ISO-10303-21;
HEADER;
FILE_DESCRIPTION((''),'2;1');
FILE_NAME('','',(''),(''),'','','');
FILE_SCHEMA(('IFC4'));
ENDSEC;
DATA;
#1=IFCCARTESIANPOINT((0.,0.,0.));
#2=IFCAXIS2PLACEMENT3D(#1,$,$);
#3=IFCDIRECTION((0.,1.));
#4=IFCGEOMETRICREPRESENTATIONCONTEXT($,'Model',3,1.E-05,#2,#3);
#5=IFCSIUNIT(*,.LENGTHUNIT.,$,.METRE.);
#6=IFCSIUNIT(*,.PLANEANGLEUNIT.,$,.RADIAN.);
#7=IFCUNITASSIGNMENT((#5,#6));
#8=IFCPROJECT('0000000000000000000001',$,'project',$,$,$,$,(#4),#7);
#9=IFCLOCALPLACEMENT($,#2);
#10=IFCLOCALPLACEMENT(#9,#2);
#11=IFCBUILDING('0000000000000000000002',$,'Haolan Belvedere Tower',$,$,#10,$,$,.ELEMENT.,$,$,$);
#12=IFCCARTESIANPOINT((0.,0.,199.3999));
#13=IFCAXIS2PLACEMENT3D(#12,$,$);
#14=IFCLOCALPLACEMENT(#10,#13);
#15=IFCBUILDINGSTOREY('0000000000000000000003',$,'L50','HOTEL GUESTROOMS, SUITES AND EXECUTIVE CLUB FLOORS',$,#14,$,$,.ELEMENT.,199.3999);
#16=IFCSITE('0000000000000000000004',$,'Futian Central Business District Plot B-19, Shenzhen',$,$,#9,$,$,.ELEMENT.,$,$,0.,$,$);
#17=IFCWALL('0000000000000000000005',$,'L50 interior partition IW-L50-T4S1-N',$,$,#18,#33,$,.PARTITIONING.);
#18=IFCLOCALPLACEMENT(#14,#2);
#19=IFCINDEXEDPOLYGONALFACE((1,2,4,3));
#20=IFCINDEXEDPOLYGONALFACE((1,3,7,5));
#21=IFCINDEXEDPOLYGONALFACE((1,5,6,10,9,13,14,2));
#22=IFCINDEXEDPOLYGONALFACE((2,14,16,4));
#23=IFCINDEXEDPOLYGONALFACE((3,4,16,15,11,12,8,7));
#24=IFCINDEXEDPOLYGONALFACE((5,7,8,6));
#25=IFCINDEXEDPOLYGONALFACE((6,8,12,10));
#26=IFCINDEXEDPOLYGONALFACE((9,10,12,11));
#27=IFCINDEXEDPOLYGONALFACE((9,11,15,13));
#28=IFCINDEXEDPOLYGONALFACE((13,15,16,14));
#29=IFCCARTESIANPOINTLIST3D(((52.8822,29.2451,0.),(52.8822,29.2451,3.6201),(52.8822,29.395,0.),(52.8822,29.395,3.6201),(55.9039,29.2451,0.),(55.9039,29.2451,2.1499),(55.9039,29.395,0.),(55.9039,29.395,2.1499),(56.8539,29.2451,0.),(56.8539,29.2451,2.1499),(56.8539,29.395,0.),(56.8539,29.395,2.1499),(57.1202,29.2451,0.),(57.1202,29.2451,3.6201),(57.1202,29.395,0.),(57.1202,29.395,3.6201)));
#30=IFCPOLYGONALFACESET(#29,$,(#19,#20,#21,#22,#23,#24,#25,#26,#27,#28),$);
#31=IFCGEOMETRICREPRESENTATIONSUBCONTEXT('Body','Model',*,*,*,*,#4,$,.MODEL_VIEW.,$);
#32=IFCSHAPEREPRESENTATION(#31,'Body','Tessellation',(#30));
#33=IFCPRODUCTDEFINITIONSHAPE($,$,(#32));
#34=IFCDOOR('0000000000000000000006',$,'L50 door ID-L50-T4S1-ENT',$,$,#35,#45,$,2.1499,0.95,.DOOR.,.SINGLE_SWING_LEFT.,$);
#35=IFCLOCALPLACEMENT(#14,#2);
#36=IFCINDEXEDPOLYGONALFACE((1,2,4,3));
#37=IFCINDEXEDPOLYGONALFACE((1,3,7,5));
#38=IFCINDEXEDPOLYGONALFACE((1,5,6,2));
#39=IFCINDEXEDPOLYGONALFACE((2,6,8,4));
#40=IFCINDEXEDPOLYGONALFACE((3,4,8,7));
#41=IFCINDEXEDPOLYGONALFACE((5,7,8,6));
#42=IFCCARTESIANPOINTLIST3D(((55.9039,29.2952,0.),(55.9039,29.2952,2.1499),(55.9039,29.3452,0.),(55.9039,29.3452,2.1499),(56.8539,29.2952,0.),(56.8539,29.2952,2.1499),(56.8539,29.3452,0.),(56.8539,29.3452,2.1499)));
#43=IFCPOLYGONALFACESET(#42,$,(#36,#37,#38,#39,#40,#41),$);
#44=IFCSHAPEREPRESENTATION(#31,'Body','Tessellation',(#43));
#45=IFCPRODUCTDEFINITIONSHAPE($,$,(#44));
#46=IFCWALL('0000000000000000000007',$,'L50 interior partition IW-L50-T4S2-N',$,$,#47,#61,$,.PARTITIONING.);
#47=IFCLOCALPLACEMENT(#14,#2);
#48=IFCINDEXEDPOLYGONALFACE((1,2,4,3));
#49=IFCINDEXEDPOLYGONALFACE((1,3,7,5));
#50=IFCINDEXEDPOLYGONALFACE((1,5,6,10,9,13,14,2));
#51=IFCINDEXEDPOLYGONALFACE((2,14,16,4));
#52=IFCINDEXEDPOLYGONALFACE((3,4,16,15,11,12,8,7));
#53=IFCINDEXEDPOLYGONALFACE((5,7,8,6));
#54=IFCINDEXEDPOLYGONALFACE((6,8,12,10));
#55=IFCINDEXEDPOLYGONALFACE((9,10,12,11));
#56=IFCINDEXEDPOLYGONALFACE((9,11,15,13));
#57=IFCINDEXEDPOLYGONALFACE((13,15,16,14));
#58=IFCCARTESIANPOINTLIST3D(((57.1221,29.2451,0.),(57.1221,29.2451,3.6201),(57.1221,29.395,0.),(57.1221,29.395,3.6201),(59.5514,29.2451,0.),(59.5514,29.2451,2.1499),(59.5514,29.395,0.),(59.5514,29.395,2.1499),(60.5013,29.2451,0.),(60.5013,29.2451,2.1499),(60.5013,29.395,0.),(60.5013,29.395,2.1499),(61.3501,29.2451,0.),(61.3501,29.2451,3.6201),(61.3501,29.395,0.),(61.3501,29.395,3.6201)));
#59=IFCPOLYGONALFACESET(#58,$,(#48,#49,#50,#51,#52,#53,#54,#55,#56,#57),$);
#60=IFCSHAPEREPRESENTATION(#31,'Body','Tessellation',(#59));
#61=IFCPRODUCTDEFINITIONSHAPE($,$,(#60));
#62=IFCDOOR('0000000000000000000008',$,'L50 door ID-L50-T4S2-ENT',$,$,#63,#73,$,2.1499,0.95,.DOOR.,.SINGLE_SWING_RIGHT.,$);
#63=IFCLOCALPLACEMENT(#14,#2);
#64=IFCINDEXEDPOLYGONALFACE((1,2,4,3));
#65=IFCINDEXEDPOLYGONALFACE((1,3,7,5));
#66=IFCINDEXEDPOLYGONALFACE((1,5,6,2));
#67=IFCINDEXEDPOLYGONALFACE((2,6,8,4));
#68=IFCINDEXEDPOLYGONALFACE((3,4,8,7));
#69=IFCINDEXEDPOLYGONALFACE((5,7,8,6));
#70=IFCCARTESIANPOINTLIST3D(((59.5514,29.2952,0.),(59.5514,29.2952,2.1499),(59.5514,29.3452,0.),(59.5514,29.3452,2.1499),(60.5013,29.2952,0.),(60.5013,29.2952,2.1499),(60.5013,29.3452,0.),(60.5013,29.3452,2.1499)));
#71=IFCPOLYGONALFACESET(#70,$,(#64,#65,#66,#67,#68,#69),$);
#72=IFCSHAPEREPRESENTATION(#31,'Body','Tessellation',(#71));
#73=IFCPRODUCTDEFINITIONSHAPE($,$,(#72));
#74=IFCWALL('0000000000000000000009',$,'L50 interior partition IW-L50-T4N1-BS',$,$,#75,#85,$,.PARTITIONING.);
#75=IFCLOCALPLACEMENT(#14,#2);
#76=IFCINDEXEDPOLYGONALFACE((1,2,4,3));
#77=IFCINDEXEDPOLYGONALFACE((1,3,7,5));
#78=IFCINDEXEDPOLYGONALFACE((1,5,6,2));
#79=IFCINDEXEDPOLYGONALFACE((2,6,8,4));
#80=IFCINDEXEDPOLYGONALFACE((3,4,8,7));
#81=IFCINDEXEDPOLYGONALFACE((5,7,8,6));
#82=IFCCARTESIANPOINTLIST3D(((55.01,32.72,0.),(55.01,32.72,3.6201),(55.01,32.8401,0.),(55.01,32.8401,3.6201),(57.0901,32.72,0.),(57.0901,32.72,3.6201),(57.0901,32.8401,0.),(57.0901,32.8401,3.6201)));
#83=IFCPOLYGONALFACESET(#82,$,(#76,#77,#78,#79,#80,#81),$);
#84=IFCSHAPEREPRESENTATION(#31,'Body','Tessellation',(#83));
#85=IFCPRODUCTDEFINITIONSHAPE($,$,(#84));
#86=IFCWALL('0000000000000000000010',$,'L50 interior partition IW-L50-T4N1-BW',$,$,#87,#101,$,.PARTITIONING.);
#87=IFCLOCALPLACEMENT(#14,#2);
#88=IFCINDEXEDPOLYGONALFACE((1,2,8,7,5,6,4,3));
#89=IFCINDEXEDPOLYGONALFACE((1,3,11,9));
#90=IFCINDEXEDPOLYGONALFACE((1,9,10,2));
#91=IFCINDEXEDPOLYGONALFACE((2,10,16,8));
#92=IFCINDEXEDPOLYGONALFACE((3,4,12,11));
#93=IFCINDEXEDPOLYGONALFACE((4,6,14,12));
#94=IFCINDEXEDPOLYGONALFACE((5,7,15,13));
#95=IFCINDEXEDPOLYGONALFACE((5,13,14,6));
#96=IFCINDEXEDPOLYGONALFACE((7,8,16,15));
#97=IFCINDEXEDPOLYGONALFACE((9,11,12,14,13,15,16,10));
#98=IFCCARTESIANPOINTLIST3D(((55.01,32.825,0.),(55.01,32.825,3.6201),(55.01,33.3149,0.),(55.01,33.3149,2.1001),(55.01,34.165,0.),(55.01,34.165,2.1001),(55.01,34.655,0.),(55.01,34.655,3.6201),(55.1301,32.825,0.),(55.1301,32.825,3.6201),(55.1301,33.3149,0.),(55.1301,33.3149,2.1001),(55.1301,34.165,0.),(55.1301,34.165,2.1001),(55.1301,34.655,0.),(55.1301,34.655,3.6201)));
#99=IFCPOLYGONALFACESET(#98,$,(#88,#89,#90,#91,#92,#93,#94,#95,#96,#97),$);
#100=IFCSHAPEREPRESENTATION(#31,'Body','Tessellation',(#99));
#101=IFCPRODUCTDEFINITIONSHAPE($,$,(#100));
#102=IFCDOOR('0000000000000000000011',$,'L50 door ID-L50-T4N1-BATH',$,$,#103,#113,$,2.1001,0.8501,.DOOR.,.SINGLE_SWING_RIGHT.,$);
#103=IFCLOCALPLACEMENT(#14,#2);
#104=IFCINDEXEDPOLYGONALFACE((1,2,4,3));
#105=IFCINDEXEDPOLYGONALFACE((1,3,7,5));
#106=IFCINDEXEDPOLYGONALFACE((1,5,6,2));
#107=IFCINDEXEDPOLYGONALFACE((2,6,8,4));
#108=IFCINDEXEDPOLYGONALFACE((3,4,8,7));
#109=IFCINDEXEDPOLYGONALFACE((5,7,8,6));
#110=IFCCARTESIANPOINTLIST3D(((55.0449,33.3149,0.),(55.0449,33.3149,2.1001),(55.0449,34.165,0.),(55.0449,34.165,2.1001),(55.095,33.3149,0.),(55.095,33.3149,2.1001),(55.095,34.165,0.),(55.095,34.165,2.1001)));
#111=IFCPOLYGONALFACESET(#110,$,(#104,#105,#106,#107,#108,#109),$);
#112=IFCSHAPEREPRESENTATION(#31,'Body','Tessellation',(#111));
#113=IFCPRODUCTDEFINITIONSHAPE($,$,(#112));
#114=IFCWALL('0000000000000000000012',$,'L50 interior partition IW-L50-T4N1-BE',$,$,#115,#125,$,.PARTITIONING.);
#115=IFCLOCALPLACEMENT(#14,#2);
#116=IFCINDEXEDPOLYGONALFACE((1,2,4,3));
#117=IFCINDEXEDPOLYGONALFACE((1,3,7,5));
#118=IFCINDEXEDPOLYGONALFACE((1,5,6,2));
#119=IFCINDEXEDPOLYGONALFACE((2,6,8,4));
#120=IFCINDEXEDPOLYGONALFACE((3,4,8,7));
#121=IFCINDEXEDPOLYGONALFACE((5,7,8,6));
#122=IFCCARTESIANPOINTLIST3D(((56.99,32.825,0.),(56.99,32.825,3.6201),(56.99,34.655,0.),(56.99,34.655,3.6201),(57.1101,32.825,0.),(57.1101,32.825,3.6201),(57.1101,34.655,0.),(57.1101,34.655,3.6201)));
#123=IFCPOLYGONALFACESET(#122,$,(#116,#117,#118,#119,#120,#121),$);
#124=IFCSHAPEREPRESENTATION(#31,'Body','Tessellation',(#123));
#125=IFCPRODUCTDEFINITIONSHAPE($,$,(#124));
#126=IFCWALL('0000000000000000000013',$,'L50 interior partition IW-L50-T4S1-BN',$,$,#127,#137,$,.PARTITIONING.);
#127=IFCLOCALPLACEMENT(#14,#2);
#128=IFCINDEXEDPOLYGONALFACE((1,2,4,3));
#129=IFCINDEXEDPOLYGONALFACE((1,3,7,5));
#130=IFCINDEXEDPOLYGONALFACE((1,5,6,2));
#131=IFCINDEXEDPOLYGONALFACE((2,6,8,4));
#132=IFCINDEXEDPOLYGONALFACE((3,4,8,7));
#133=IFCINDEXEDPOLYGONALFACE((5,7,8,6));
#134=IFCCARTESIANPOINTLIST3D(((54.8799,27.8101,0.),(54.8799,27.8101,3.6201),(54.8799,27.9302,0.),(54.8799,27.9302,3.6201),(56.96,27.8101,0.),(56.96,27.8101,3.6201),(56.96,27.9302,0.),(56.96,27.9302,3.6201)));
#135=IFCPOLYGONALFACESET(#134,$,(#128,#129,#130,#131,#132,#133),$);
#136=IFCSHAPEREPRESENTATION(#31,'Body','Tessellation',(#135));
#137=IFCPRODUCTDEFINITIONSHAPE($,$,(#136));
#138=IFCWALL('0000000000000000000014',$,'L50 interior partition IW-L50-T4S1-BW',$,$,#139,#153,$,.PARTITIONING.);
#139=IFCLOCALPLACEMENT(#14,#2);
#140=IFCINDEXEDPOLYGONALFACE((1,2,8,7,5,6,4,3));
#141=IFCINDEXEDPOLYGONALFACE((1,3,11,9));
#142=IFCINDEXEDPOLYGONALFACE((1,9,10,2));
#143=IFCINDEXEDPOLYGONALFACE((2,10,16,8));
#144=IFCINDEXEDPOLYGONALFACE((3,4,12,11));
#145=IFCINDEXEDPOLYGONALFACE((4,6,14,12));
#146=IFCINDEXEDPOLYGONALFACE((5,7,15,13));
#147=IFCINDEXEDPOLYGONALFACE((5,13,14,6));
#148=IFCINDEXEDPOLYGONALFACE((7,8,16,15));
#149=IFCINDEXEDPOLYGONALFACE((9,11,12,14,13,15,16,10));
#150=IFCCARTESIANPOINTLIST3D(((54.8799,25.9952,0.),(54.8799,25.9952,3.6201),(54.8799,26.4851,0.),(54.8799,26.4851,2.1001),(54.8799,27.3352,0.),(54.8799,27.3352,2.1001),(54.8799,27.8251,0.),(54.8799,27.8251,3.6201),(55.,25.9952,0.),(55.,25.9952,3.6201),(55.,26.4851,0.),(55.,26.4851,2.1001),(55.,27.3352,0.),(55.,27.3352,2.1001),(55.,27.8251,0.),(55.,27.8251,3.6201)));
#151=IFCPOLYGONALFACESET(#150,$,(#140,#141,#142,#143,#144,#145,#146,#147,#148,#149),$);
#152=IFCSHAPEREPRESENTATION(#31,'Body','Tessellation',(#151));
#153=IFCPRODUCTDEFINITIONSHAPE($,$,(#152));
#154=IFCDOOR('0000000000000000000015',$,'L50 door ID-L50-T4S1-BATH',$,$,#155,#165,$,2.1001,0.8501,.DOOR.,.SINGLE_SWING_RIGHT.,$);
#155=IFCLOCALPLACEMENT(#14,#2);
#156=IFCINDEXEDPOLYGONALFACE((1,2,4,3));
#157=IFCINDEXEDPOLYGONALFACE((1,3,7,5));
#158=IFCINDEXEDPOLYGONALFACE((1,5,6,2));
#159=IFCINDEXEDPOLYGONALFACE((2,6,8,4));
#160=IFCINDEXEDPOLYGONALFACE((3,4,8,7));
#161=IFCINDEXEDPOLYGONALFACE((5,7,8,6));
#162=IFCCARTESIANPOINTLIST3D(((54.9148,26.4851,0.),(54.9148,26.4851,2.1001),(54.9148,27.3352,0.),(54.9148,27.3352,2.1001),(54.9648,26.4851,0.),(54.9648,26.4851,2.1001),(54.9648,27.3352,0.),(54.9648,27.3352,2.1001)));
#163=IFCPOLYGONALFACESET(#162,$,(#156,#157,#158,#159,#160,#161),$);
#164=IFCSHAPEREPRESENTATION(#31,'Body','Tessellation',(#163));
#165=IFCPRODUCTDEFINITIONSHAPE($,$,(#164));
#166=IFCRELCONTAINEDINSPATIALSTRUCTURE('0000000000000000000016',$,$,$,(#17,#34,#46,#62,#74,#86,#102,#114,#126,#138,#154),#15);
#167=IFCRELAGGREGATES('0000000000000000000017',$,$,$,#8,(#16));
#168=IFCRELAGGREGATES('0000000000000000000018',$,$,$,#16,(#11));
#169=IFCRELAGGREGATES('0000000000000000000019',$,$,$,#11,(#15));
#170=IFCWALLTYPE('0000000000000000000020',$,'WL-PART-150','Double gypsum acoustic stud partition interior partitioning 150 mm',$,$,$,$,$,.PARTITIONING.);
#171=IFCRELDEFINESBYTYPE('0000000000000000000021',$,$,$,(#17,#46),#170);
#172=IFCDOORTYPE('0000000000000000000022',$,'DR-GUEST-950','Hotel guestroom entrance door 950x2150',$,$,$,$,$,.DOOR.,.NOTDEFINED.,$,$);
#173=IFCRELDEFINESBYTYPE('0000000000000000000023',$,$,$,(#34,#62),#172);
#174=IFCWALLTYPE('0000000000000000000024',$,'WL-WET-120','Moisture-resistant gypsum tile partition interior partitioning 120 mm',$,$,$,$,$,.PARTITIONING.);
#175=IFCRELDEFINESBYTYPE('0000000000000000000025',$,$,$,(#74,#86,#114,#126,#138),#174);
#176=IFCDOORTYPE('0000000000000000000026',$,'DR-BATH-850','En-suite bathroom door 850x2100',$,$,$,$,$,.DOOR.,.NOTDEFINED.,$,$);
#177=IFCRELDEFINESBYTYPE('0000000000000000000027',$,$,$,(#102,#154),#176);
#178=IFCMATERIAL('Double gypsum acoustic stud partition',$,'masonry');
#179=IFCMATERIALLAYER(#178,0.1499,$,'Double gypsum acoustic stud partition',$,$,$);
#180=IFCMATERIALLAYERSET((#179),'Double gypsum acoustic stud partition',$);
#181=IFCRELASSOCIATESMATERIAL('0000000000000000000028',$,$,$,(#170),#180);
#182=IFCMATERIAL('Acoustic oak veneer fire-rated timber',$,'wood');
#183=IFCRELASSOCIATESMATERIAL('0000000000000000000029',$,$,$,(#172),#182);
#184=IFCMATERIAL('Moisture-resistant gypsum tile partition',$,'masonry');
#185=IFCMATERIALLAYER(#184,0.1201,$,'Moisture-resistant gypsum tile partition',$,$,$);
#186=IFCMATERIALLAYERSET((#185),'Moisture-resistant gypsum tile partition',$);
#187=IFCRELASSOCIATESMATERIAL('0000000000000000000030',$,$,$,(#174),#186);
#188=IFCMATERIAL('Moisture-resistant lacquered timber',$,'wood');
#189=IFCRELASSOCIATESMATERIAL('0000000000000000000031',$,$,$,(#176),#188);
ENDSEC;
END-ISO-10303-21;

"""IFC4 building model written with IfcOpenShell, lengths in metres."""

from ifc_helpers import new_model, si_unit, direction, frame, frame_2d, origin, place, context, subcontext, project, spatial, rectangle, extrude, material, layer, layer_set, type_object, element, fill, save


model = new_model("IFC4")

# Units and contexts
model_context = context("Model", 3, precision=1e-05, world=origin(), true_north=direction((0.0, 1.0)))
body_context = subcontext(model_context, "Body", "Model", "MODEL_VIEW")
ifc_project = project(units=[si_unit("LENGTHUNIT", "METRE"), si_unit("PLANEANGLEUNIT", "RADIAN")], contexts=[model_context])

# Site, building, storey
site_placement = place(None, origin())
site = spatial("IfcSite", under=ifc_project, at=site_placement, Name="Futian Central Business District Plot B-19, Shenzhen", CompositionType="ELEMENT", RefElevation=0.0)
building_placement = place(site_placement, origin())
building = spatial("IfcBuilding", under=site, at=building_placement, Name="Haolan Belvedere Tower", CompositionType="ELEMENT")
storey_placement = place(building_placement, frame((0.0, 0.0, 199.3999)))
storey = spatial("IfcBuildingStorey", under=building, at=storey_placement, Name="L50", Description="HOTEL GUESTROOMS, SUITES AND EXECUTIVE CLUB FLOORS", CompositionType="ELEMENT", Elevation=199.3999)

# Shared definitions
ifc_material_1 = material(Name="Double gypsum acoustic stud partition", Category="masonry")
ifc_layer_1 = layer(ifc_material_1, 0.1499, Name="Double gypsum acoustic stud partition")
ifc_layer_set_1 = layer_set([ifc_layer_1], Name="Double gypsum acoustic stud partition")
wall_type_1 = type_object("IfcWallType", Name="WL-PART-150", Description="Double gypsum acoustic stud partition interior partitioning 150 mm", PredefinedType="PARTITIONING", material=ifc_layer_set_1)

# Walls, openings, doors
wall_1_placement = place(storey_placement, frame((52.8821, 29.3201, 0.0), z_axis=(0.0, 0.0, 1.0), x_axis=(1.0, 0.0, 0.0)))
wall_1 = element("IfcWall", 1, at=wall_1_placement, inside=storey, type_object=wall_type_1, Name="L50 interior partition IW-L50-T4S1-N", PredefinedType="PARTITIONING", context=body_context, shape_type="SweptSolid", body=[
    extrude(rectangle(XDim=4.238, YDim=0.1499, at=frame_2d((2.1191, 0.0))), origin(), (0.0, 0.0, 1.0), 3.6201),
])
opening_1_placement = place(wall_1_placement, frame((3.9719, 0.0, 0.0), z_axis=(0.0, 0.0, 1.0), x_axis=(-1.0, 0.0, 0.0)))
opening_1 = element("IfcOpeningElement", 2, at=opening_1_placement, cuts=wall_1, PredefinedType="OPENING", context=body_context, shape_type="SweptSolid", body=[
    extrude(rectangle(XDim=0.95, YDim=2.1499, at=frame_2d((0.4751, 1.075))), frame((0.0, 0.085, 0.0), z_axis=(0.0, -1.0, 0.0), x_axis=(1.0, 0.0, 0.0)), (0.0, 0.0, 1.0), 0.1699),
])
ifc_material_2 = material(Name="Acoustic oak veneer fire-rated timber", Category="wood")
door_type_1 = type_object("IfcDoorType", Name="DR-GUEST-950", Description="Hotel guestroom entrance door 950x2150", OperationType="NOTDEFINED", PredefinedType="DOOR", material=ifc_material_2)
door_1_placement = place(opening_1_placement, origin())
door_1 = element("IfcDoor", 3, at=door_1_placement, inside=storey, type_object=door_type_1, Name="L50 door ID-L50-T4S1-ENT", OperationType="SINGLE_SWING_LEFT", OverallHeight=2.1499, OverallWidth=0.95, PredefinedType="DOOR", context=body_context, shape_type="SweptSolid", body=[
    extrude(rectangle(XDim=0.95, YDim=2.1499, at=frame_2d((0.4751, 1.075))), frame((0.0, 0.0249, 0.0), z_axis=(0.0, -1.0, 0.0), x_axis=(1.0, 0.0, 0.0)), (0.0, 0.0, 1.0), 0.05),
])
fill(opening_1, door_1)
wall_2_placement = place(storey_placement, frame((57.1221, 29.3201, 0.0), z_axis=(0.0, 0.0, 1.0), x_axis=(1.0, 0.0, 0.0)))
wall_2 = element("IfcWall", 4, at=wall_2_placement, inside=storey, type_object=wall_type_1, Name="L50 interior partition IW-L50-T4S2-N", PredefinedType="PARTITIONING", context=body_context, shape_type="SweptSolid", body=[
    extrude(rectangle(XDim=4.228, YDim=0.1499, at=frame_2d((2.114, 0.0))), origin(), (0.0, 0.0, 1.0), 3.6201),
])
opening_2_placement = place(wall_2_placement, frame((3.3794, 0.0, 0.0), z_axis=(0.0, 0.0, 1.0), x_axis=(-1.0, 0.0, 0.0)))
opening_2 = element("IfcOpeningElement", 5, at=opening_2_placement, cuts=wall_2, PredefinedType="OPENING", context=body_context, shape_type="SweptSolid", body=[
    extrude(rectangle(XDim=0.95, YDim=2.1499, at=frame_2d((0.4751, 1.075))), frame((0.0, 0.085, 0.0), z_axis=(0.0, -1.0, 0.0), x_axis=(1.0, 0.0, 0.0)), (0.0, 0.0, 1.0), 0.1699),
])
door_2_placement = place(opening_2_placement, origin())
door_2 = element("IfcDoor", 6, at=door_2_placement, inside=storey, type_object=door_type_1, Name="L50 door ID-L50-T4S2-ENT", OperationType="SINGLE_SWING_RIGHT", OverallHeight=2.1499, OverallWidth=0.95, PredefinedType="DOOR", context=body_context, shape_type="SweptSolid", body=[
    extrude(rectangle(XDim=0.95, YDim=2.1499, at=frame_2d((0.4751, 1.075))), frame((0.0, 0.0249, 0.0), z_axis=(0.0, -1.0, 0.0), x_axis=(1.0, 0.0, 0.0)), (0.0, 0.0, 1.0), 0.05),
])
fill(opening_2, door_2)

# Wall
ifc_material_3 = material(Name="Moisture-resistant gypsum tile partition", Category="masonry")
ifc_layer_2 = layer(ifc_material_3, 0.1201, Name="Moisture-resistant gypsum tile partition")
ifc_layer_set_2 = layer_set([ifc_layer_2], Name="Moisture-resistant gypsum tile partition")
wall_type_2 = type_object("IfcWallType", Name="WL-WET-120", Description="Moisture-resistant gypsum tile partition interior partitioning 120 mm", PredefinedType="PARTITIONING", material=ifc_layer_set_2)
wall_3_placement = place(storey_placement, frame((55.01, 32.78, 0.0), z_axis=(0.0, 0.0, 1.0), x_axis=(1.0, 0.0, 0.0)))
element("IfcWall", 7, at=wall_3_placement, inside=storey, type_object=wall_type_2, Name="L50 interior partition IW-L50-T4N1-BS", PredefinedType="PARTITIONING", context=body_context, shape_type="SweptSolid", body=[
    extrude(rectangle(XDim=2.0801, YDim=0.1201, at=frame_2d((1.04, 0.0))), origin(), (0.0, 0.0, 1.0), 3.6201),
])

# Wall, opening, door
wall_4_placement = place(storey_placement, frame((55.0701, 32.825, 0.0), z_axis=(0.0, 0.0, 1.0), x_axis=(0.0, 1.0, 0.0)))
wall_4 = element("IfcWall", 8, at=wall_4_placement, inside=storey, type_object=wall_type_2, Name="L50 interior partition IW-L50-T4N1-BW", PredefinedType="PARTITIONING", context=body_context, shape_type="SweptSolid", body=[
    extrude(rectangle(XDim=1.8301, YDim=0.1201, at=frame_2d((0.915, 0.0))), origin(), (0.0, 0.0, 1.0), 3.6201),
])
opening_3_placement = place(wall_4_placement, frame((1.3401, 0.0, 0.0), z_axis=(0.0, 0.0, 1.0), x_axis=(-1.0, 0.0, 0.0)))
opening_3 = element("IfcOpeningElement", 9, at=opening_3_placement, cuts=wall_4, PredefinedType="OPENING", context=body_context, shape_type="SweptSolid", body=[
    extrude(rectangle(XDim=0.8501, YDim=2.1001, at=frame_2d((0.425, 1.05))), frame((0.0, 0.0701, 0.0), z_axis=(0.0, -1.0, 0.0), x_axis=(1.0, 0.0, 0.0)), (0.0, 0.0, 1.0), 0.1401),
])
ifc_material_4 = material(Name="Moisture-resistant lacquered timber", Category="wood")
door_type_2 = type_object("IfcDoorType", Name="DR-BATH-850", Description="En-suite bathroom door 850x2100", OperationType="NOTDEFINED", PredefinedType="DOOR", material=ifc_material_4)
door_3_placement = place(opening_3_placement, origin())
door_3 = element("IfcDoor", 10, at=door_3_placement, inside=storey, type_object=door_type_2, Name="L50 door ID-L50-T4N1-BATH", OperationType="SINGLE_SWING_RIGHT", OverallHeight=2.1001, OverallWidth=0.8501, PredefinedType="DOOR", context=body_context, shape_type="SweptSolid", body=[
    extrude(rectangle(XDim=0.8501, YDim=2.1001, at=frame_2d((0.425, 1.05))), frame((0.0, 0.0249, 0.0), z_axis=(0.0, -1.0, 0.0), x_axis=(1.0, 0.0, 0.0)), (0.0, 0.0, 1.0), 0.05),
])
fill(opening_3, door_3)

# Walls
wall_5_placement = place(storey_placement, frame((57.05, 32.825, 0.0), z_axis=(0.0, 0.0, 1.0), x_axis=(0.0, 1.0, 0.0)))
element("IfcWall", 11, at=wall_5_placement, inside=storey, type_object=wall_type_2, Name="L50 interior partition IW-L50-T4N1-BE", PredefinedType="PARTITIONING", context=body_context, shape_type="SweptSolid", body=[
    extrude(rectangle(XDim=1.8301, YDim=0.1201, at=frame_2d((0.915, 0.0))), origin(), (0.0, 0.0, 1.0), 3.6201),
])
wall_6_placement = place(storey_placement, frame((54.8799, 27.8701, 0.0), z_axis=(0.0, 0.0, 1.0), x_axis=(1.0, 0.0, 0.0)))
element("IfcWall", 12, at=wall_6_placement, inside=storey, type_object=wall_type_2, Name="L50 interior partition IW-L50-T4S1-BN", PredefinedType="PARTITIONING", context=body_context, shape_type="SweptSolid", body=[
    extrude(rectangle(XDim=2.0801, YDim=0.1201, at=frame_2d((1.04, 0.0))), origin(), (0.0, 0.0, 1.0), 3.6201),
])

# Wall, opening, door
wall_7_placement = place(storey_placement, frame((54.9399, 25.9951, 0.0), z_axis=(0.0, 0.0, 1.0), x_axis=(0.0, 1.0, 0.0)))
wall_7 = element("IfcWall", 13, at=wall_7_placement, inside=storey, type_object=wall_type_2, Name="L50 interior partition IW-L50-T4S1-BW", PredefinedType="PARTITIONING", context=body_context, shape_type="SweptSolid", body=[
    extrude(rectangle(XDim=1.8298, YDim=0.1201, at=frame_2d((0.915, 0.0))), origin(), (0.0, 0.0, 1.0), 3.6201),
])
opening_4_placement = place(wall_7_placement, frame((1.3401, 0.0, 0.0), z_axis=(0.0, 0.0, 1.0), x_axis=(-1.0, 0.0, 0.0)))
opening_4 = element("IfcOpeningElement", 14, at=opening_4_placement, cuts=wall_7, PredefinedType="OPENING", context=body_context, shape_type="SweptSolid", body=[
    extrude(rectangle(XDim=0.8501, YDim=2.1001, at=frame_2d((0.425, 1.05))), frame((0.0, 0.0701, 0.0), z_axis=(0.0, -1.0, 0.0), x_axis=(1.0, 0.0, 0.0)), (0.0, 0.0, 1.0), 0.1401),
])
door_4_placement = place(opening_4_placement, origin())
door_4 = element("IfcDoor", 15, at=door_4_placement, inside=storey, type_object=door_type_2, Name="L50 door ID-L50-T4S1-BATH", OperationType="SINGLE_SWING_RIGHT", OverallHeight=2.1001, OverallWidth=0.8501, PredefinedType="DOOR", context=body_context, shape_type="SweptSolid", body=[
    extrude(rectangle(XDim=0.8501, YDim=2.1001, at=frame_2d((0.425, 1.05))), frame((0.0, 0.0249, 0.0), z_axis=(0.0, -1.0, 0.0), x_axis=(1.0, 0.0, 0.0)), (0.0, 0.0, 1.0), 0.05),
])
fill(opening_4, door_4)

save(model, "model.ifc")
